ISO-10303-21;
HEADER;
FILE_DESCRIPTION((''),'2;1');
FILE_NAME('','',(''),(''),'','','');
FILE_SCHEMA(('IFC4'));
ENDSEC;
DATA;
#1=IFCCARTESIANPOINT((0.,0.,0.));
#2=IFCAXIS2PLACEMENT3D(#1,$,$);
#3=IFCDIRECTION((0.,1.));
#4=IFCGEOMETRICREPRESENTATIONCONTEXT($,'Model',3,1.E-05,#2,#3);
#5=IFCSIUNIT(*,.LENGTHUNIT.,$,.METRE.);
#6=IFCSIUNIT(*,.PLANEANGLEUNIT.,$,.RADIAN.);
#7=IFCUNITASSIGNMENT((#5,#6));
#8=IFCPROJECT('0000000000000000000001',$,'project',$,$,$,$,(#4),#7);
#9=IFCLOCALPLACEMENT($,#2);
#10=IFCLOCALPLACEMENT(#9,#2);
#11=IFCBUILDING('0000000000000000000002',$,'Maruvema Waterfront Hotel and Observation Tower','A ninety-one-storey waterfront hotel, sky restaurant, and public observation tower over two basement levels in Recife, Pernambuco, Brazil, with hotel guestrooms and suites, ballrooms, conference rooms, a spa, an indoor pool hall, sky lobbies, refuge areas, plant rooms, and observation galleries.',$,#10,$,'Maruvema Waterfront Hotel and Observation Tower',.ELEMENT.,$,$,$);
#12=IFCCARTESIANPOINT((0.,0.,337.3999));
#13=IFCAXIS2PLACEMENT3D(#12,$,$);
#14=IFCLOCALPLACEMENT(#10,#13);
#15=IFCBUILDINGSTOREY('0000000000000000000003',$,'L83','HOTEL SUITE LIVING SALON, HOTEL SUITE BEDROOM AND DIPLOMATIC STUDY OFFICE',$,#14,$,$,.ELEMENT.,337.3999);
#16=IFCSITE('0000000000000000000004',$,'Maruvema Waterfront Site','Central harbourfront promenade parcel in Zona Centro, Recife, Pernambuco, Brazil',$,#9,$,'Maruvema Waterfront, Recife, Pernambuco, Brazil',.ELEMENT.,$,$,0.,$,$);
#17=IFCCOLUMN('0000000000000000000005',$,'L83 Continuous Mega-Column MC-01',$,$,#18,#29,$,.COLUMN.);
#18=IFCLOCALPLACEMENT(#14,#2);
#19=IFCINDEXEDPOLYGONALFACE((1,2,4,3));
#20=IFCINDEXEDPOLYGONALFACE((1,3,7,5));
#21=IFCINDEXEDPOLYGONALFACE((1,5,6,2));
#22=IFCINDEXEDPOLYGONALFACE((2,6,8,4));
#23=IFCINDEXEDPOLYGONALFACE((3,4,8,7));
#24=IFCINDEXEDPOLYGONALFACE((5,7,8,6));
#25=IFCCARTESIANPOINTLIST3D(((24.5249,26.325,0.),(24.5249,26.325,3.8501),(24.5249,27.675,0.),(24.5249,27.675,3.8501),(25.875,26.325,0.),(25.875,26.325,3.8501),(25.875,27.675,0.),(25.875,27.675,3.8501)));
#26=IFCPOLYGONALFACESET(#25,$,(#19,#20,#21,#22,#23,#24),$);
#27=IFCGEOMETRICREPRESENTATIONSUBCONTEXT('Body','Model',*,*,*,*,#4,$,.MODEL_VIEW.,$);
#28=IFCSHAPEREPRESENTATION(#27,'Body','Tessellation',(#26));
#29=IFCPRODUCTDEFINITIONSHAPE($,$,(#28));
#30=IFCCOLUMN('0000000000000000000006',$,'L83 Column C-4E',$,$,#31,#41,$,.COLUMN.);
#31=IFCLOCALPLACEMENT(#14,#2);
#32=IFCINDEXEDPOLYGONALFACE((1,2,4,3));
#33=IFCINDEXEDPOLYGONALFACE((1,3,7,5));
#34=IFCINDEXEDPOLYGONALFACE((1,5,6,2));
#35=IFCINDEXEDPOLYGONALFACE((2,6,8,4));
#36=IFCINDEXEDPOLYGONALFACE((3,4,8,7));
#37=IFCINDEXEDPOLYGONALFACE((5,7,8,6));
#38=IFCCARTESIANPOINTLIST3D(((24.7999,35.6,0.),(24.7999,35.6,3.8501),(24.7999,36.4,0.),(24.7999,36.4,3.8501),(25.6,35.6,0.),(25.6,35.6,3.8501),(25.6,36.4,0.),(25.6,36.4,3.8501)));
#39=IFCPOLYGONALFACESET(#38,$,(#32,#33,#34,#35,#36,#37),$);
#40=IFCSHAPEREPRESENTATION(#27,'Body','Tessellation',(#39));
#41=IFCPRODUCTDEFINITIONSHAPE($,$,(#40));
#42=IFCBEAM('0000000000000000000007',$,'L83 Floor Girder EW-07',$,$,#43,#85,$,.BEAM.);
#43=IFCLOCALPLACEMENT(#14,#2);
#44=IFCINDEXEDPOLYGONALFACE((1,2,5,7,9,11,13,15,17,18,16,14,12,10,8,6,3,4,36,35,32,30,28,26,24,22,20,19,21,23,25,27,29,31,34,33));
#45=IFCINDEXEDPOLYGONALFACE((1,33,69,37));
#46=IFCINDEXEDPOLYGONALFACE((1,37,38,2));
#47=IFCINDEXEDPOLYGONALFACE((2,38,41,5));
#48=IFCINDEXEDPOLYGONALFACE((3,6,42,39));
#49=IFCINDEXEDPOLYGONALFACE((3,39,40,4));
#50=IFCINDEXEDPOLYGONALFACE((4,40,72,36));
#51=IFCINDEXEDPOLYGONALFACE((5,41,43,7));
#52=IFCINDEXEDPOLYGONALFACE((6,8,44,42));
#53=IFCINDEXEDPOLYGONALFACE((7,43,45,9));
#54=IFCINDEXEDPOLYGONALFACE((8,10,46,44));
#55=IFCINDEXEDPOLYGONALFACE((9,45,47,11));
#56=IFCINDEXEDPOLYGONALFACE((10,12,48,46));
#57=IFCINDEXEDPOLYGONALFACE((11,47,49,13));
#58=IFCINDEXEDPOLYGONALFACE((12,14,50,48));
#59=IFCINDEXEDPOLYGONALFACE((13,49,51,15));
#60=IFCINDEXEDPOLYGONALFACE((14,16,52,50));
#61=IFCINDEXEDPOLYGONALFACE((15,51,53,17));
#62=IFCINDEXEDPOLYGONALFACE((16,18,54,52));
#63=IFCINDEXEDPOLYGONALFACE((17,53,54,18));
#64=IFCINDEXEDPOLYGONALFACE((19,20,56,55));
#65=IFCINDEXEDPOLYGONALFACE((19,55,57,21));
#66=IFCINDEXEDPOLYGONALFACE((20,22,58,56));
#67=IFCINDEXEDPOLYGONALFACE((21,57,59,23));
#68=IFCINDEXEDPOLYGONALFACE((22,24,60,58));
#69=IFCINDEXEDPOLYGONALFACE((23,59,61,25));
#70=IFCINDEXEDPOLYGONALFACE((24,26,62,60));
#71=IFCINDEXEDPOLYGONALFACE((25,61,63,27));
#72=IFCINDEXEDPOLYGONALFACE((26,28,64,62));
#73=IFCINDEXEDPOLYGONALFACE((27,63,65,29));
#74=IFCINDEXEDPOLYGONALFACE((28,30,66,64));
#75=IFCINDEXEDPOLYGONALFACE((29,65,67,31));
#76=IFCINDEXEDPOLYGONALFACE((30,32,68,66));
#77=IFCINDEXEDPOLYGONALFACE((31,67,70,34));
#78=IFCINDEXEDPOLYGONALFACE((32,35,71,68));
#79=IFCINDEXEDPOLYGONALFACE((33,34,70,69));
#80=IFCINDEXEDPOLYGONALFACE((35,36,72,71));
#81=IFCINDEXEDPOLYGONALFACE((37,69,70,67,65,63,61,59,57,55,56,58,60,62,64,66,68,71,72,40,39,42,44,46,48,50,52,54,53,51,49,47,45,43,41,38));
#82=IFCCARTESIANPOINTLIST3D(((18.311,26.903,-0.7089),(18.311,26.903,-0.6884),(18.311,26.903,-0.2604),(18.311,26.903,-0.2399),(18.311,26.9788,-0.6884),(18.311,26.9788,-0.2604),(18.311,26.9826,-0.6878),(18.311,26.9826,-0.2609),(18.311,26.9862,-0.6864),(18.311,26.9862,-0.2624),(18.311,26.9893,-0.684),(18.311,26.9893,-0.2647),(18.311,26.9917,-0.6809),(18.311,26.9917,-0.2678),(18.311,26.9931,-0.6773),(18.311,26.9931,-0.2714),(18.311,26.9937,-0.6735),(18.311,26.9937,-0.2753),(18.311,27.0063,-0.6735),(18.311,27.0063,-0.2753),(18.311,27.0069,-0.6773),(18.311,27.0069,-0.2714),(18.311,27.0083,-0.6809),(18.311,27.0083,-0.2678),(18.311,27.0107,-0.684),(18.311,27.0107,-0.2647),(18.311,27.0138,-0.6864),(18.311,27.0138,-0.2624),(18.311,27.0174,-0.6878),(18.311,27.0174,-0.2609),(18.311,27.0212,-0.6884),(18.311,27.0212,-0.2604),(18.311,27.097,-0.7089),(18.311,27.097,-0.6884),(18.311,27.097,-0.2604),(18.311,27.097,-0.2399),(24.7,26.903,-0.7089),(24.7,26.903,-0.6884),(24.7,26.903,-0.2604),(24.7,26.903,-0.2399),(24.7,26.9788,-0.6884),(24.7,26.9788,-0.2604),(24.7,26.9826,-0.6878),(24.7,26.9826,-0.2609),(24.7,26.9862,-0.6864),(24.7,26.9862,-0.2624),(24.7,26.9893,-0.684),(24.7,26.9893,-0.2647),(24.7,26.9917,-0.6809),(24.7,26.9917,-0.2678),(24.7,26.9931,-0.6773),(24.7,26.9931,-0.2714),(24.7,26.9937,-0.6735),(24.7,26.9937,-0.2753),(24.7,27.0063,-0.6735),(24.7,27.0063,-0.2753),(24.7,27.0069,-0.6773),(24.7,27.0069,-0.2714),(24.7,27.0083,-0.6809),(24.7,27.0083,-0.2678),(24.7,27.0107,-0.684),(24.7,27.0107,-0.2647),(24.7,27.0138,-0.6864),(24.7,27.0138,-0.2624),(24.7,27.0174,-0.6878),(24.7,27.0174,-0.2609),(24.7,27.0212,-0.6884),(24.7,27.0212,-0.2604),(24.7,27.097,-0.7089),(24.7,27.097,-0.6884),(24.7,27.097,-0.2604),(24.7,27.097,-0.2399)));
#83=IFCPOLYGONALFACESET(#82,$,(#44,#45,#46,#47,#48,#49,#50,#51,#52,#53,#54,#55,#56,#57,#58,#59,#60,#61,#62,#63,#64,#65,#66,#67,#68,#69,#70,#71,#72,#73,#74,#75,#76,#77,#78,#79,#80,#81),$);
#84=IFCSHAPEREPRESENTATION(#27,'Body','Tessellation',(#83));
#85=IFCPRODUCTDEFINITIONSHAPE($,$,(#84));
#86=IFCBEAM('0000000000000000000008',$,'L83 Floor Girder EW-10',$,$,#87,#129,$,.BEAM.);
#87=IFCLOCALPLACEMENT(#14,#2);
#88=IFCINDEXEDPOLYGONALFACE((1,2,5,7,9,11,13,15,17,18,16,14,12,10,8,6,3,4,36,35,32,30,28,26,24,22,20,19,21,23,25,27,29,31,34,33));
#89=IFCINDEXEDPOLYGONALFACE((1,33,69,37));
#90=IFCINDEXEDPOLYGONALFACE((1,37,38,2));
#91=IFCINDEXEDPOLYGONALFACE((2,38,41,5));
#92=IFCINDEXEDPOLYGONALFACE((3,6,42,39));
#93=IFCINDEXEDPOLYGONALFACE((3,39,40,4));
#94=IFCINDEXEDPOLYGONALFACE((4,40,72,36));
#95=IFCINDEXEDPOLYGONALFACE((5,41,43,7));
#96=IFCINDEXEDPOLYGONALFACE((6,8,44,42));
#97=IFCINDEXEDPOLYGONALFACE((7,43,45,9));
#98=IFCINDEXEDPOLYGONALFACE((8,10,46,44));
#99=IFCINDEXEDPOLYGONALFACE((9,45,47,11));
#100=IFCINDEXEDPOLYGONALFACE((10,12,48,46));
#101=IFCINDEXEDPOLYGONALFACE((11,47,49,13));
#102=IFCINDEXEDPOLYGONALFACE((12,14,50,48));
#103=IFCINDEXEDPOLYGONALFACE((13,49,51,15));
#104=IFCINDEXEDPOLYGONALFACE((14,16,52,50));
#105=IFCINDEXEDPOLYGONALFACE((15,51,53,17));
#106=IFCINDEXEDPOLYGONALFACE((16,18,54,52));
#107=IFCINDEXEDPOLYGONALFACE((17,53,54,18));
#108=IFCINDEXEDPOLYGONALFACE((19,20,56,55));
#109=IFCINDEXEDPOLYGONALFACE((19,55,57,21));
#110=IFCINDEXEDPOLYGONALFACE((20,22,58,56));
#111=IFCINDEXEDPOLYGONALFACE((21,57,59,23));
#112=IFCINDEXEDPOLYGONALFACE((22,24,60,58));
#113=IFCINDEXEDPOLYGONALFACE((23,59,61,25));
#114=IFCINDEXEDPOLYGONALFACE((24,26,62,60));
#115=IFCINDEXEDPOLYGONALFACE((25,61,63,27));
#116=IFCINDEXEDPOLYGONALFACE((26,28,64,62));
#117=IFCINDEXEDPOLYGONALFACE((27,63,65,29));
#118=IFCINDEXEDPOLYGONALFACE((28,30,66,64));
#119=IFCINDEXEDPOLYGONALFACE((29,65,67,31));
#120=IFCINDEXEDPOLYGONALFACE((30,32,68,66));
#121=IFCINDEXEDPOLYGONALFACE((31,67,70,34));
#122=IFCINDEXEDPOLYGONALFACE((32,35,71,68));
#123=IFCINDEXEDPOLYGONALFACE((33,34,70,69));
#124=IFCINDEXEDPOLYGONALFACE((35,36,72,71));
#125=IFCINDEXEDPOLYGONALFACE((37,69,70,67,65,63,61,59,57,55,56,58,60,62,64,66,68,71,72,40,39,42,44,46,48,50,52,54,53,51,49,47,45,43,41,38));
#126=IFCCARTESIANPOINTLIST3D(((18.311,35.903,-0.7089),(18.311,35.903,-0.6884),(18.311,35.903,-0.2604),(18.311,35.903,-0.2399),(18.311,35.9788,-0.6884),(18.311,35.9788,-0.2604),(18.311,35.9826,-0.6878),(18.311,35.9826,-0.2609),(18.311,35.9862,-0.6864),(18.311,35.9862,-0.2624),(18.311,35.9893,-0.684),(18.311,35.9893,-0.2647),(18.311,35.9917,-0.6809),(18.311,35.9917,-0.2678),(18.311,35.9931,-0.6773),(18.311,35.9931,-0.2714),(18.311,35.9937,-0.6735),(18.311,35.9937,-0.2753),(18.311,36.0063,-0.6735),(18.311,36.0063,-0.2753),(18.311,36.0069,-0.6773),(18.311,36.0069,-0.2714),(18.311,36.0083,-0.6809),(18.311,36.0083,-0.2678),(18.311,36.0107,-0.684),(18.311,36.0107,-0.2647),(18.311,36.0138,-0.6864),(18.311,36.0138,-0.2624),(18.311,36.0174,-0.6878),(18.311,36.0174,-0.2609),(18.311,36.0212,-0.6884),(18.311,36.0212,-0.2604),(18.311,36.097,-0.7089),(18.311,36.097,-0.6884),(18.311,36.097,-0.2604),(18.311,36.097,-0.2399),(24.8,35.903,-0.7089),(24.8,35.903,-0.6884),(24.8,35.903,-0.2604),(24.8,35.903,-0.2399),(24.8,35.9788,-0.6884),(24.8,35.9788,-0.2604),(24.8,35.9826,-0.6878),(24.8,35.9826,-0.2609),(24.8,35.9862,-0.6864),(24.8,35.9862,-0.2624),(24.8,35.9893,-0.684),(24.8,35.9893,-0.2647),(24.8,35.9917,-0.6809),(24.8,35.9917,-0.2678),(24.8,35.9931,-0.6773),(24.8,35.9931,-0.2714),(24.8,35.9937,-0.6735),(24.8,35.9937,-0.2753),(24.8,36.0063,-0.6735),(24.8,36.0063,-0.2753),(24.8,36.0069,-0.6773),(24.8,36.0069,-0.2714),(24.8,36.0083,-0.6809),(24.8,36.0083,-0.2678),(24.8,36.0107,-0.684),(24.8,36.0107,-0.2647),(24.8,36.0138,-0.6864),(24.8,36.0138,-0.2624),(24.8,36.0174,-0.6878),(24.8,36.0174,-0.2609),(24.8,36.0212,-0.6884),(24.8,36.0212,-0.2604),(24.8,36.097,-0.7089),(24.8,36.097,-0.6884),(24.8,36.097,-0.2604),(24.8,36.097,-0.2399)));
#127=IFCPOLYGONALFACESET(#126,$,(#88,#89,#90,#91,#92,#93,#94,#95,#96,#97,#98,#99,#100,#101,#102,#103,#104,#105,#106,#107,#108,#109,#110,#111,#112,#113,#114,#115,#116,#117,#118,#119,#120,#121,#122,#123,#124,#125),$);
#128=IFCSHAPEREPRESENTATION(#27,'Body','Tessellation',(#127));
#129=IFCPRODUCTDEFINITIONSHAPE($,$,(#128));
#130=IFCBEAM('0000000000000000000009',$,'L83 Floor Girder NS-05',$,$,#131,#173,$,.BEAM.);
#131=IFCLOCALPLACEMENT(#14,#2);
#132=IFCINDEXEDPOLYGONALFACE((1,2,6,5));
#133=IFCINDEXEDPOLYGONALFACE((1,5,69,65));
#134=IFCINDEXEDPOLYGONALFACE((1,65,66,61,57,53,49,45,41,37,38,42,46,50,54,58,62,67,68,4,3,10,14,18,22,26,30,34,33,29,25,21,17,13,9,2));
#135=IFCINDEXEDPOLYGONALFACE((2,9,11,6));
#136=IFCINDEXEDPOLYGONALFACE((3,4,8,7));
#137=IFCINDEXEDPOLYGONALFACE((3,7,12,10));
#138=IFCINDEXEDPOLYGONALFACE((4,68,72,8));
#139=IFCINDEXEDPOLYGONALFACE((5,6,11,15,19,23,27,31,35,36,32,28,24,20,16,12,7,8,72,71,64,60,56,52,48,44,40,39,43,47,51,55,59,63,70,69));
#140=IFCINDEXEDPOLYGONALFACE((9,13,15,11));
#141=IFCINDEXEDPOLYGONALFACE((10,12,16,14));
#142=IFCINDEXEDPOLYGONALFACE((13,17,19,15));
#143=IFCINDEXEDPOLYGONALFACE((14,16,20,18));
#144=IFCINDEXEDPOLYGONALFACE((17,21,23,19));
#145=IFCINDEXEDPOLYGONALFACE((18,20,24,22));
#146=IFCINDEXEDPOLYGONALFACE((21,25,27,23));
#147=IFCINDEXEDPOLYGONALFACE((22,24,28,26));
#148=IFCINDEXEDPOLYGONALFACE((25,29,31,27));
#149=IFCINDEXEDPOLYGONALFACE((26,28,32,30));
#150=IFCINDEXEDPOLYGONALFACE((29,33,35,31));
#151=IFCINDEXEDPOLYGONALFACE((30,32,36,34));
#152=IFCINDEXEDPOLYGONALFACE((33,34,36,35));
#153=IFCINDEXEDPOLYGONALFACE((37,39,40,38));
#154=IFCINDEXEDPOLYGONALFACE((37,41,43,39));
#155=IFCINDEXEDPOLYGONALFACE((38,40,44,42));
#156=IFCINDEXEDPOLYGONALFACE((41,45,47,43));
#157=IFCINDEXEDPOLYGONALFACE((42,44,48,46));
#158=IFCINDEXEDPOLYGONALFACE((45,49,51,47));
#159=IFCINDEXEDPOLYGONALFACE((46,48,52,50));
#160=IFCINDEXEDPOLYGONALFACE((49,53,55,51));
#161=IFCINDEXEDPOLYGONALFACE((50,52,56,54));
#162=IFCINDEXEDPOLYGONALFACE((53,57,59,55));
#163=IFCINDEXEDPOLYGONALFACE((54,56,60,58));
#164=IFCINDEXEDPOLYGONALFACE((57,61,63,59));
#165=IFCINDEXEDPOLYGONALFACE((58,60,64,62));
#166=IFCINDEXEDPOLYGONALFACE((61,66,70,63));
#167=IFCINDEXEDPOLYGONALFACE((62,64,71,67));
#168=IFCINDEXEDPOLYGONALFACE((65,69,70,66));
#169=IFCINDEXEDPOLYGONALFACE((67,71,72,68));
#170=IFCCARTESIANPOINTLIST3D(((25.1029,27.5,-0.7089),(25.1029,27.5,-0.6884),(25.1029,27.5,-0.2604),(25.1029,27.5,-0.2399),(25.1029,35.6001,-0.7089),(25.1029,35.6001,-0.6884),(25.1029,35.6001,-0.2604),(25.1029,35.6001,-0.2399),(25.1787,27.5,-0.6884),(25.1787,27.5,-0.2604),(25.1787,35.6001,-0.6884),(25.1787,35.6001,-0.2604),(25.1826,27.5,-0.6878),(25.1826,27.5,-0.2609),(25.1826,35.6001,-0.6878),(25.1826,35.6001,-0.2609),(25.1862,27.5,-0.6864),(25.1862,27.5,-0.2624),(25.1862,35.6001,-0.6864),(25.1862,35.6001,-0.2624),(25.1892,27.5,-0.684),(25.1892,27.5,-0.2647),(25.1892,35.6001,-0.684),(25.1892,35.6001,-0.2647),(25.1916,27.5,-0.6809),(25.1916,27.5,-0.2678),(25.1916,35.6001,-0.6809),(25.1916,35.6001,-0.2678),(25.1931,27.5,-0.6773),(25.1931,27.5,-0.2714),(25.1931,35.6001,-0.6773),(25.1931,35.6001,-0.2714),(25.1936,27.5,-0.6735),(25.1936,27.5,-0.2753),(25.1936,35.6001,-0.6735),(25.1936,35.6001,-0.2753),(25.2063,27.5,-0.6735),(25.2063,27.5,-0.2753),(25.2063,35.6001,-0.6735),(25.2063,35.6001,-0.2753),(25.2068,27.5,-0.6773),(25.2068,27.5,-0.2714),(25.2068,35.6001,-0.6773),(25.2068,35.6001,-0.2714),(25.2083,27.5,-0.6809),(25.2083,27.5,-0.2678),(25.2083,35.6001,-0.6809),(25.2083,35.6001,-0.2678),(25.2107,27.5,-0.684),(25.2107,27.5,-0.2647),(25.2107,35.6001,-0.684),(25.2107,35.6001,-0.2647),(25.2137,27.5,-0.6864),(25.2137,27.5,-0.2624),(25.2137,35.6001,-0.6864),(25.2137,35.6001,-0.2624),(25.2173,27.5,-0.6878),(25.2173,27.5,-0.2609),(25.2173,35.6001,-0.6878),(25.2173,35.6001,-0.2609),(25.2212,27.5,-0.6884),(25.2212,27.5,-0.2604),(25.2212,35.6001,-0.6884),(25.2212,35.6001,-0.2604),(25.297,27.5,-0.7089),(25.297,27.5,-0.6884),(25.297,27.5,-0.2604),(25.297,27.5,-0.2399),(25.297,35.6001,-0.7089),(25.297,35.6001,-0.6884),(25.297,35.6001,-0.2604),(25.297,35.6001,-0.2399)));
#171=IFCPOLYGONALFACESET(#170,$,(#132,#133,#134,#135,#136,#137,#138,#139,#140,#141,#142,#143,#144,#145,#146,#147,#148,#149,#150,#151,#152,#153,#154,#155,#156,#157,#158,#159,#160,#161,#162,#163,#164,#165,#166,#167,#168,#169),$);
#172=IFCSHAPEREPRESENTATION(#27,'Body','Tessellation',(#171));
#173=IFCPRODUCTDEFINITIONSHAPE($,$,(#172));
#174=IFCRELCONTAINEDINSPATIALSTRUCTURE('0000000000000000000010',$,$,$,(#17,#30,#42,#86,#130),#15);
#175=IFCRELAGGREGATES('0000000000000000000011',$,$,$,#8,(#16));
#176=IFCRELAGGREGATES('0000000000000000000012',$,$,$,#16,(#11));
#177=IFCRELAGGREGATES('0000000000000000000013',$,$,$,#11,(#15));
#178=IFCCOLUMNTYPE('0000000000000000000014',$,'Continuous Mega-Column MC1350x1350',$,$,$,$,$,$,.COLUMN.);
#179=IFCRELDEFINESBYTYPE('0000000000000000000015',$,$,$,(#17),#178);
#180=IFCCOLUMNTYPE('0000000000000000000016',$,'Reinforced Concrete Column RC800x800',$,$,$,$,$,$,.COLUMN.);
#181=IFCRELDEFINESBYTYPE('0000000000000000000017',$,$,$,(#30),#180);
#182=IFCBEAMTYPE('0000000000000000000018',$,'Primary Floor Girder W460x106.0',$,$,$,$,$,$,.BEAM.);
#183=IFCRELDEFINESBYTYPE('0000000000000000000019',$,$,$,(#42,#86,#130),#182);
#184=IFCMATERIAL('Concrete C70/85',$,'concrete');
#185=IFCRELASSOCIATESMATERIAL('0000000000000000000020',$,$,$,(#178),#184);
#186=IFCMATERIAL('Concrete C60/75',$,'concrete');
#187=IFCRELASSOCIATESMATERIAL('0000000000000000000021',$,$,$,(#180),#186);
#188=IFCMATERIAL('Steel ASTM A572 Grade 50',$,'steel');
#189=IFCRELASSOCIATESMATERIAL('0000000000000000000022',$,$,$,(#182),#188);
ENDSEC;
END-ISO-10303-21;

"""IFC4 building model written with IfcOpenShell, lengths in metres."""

from ifc_helpers import new_model, si_unit, direction, frame, origin, origin_2d, place, context, subcontext, project, spatial, rectangle, i_section, extrude, material, material_profile, profile_set, type_object, element, save


model = new_model("IFC4")

# Units and contexts
model_context = context("Model", 3, precision=1e-05, world=origin(), true_north=direction((0.0, 1.0)))
body_context = subcontext(model_context, "Body", "Model", "MODEL_VIEW")
ifc_project = project(units=[si_unit("LENGTHUNIT", "METRE"), si_unit("PLANEANGLEUNIT", "RADIAN")], contexts=[model_context])

# Site, building, storey
site_placement = place(None, origin())
site = spatial("IfcSite", under=ifc_project, at=site_placement, Name="Maruvema Waterfront Site", Description="Central harbourfront promenade parcel in Zona Centro, Recife, Pernambuco, Brazil", LongName="Maruvema Waterfront, Recife, Pernambuco, Brazil", CompositionType="ELEMENT", RefElevation=0.0)
building_placement = place(site_placement, origin())
building = spatial("IfcBuilding", under=site, at=building_placement, Name="Maruvema Waterfront Hotel and Observation Tower", Description="A ninety-one-storey waterfront hotel, sky restaurant, and public observation tower over two basement levels in Recife, Pernambuco, Brazil, with hotel guestrooms and suites, ballrooms, conference rooms, a spa, an indoor pool hall, sky lobbies, refuge areas, plant rooms, and observation galleries.", LongName="Maruvema Waterfront Hotel and Observation Tower", CompositionType="ELEMENT")
storey_placement = place(building_placement, frame((0.0, 0.0, 337.3999)))
storey = spatial("IfcBuildingStorey", under=building, at=storey_placement, Name="L83", Description="HOTEL SUITE LIVING SALON, HOTEL SUITE BEDROOM AND DIPLOMATIC STUDY OFFICE", CompositionType="ELEMENT", Elevation=337.3999)

# Columns
ifc_material_1 = material(Name="Concrete C70/85", Category="concrete")
ifc_material_profile_1 = material_profile(ifc_material_1, rectangle(XDim=1.3501, YDim=1.3501, at=origin_2d()), Name="MC1350x1350")
ifc_profile_set_1 = profile_set([ifc_material_profile_1], Name="Concrete C70/85")
column_type_1 = type_object("IfcColumnType", Name="Continuous Mega-Column MC1350x1350", PredefinedType="COLUMN", material=ifc_profile_set_1)
column_1_placement = place(storey_placement, frame((25.2, 27.0, 0.0), z_axis=(0.0, 0.0, 1.0), x_axis=(1.0, 0.0, 0.0)))
element("IfcColumn", 1, at=column_1_placement, inside=storey, type_object=column_type_1, Name="L83 Continuous Mega-Column MC-01", PredefinedType="COLUMN", context=body_context, shape_type="SweptSolid", body=[
    extrude(rectangle(XDim=1.3501, YDim=1.3501, at=origin_2d()), origin(), (0.0, 0.0, 1.0), 3.8501),
])
ifc_material_2 = material(Name="Concrete C60/75", Category="concrete")
ifc_material_profile_2 = material_profile(ifc_material_2, rectangle(XDim=0.8, YDim=0.8, at=origin_2d()), Name="RC800x800")
ifc_profile_set_2 = profile_set([ifc_material_profile_2], Name="Concrete C60/75")
column_type_2 = type_object("IfcColumnType", Name="Reinforced Concrete Column RC800x800", PredefinedType="COLUMN", material=ifc_profile_set_2)
column_2_placement = place(storey_placement, frame((25.2, 36.0, 0.0), z_axis=(0.0, 0.0, 1.0), x_axis=(1.0, 0.0, 0.0)))
element("IfcColumn", 2, at=column_2_placement, inside=storey, type_object=column_type_2, Name="L83 Column C-4E", PredefinedType="COLUMN", context=body_context, shape_type="SweptSolid", body=[
    extrude(rectangle(XDim=0.8, YDim=0.8, at=origin_2d()), origin(), (0.0, 0.0, 1.0), 3.8501),
])

# Beams
ifc_material_3 = material(Name="Steel ASTM A572 Grade 50", Category="steel")
ifc_material_profile_3 = material_profile(ifc_material_3, i_section(OverallWidth=0.1941, OverallDepth=0.469, WebThickness=0.0127, FlangeThickness=0.0205, FilletRadius=0.0149, at=origin_2d()), Name="W460x106.0")
ifc_profile_set_3 = profile_set([ifc_material_profile_3], Name="Steel ASTM A572 Grade 50")
beam_type_1 = type_object("IfcBeamType", Name="Primary Floor Girder W460x106.0", PredefinedType="BEAM", material=ifc_profile_set_3)
beam_1_placement = place(storey_placement, frame((18.311, 27.0, -0.4744), z_axis=(1.0, 0.0, 0.0), x_axis=(0.0, 1.0, 0.0)))
element("IfcBeam", 3, at=beam_1_placement, inside=storey, type_object=beam_type_1, Name="L83 Floor Girder EW-07", PredefinedType="BEAM", context=body_context, shape_type="SweptSolid", body=[
    extrude(i_section(OverallWidth=0.1941, OverallDepth=0.469, WebThickness=0.0127, FlangeThickness=0.0205, FilletRadius=0.0149, at=origin_2d()), origin(), (0.0, 0.0, 1.0), 6.3889),
])
beam_2_placement = place(storey_placement, frame((18.311, 36.0, -0.4744), z_axis=(1.0, 0.0, 0.0), x_axis=(0.0, 1.0, 0.0)))
element("IfcBeam", 4, at=beam_2_placement, inside=storey, type_object=beam_type_1, Name="L83 Floor Girder EW-10", PredefinedType="BEAM", context=body_context, shape_type="SweptSolid", body=[
    extrude(i_section(OverallWidth=0.1941, OverallDepth=0.469, WebThickness=0.0127, FlangeThickness=0.0205, FilletRadius=0.0149, at=origin_2d()), origin(), (0.0, 0.0, 1.0), 6.489),
])
beam_3_placement = place(storey_placement, frame((25.2, 27.5, -0.4744), z_axis=(0.0, 1.0, 0.0), x_axis=(-1.0, 0.0, 0.0)))
element("IfcBeam", 5, at=beam_3_placement, inside=storey, type_object=beam_type_1, Name="L83 Floor Girder NS-05", PredefinedType="BEAM", context=body_context, shape_type="SweptSolid", body=[
    extrude(i_section(OverallWidth=0.1941, OverallDepth=0.469, WebThickness=0.0127, FlangeThickness=0.0205, FilletRadius=0.0149, at=origin_2d()), origin(), (0.0, 0.0, 1.0), 8.1001),
])

save(model, "model.ifc")
